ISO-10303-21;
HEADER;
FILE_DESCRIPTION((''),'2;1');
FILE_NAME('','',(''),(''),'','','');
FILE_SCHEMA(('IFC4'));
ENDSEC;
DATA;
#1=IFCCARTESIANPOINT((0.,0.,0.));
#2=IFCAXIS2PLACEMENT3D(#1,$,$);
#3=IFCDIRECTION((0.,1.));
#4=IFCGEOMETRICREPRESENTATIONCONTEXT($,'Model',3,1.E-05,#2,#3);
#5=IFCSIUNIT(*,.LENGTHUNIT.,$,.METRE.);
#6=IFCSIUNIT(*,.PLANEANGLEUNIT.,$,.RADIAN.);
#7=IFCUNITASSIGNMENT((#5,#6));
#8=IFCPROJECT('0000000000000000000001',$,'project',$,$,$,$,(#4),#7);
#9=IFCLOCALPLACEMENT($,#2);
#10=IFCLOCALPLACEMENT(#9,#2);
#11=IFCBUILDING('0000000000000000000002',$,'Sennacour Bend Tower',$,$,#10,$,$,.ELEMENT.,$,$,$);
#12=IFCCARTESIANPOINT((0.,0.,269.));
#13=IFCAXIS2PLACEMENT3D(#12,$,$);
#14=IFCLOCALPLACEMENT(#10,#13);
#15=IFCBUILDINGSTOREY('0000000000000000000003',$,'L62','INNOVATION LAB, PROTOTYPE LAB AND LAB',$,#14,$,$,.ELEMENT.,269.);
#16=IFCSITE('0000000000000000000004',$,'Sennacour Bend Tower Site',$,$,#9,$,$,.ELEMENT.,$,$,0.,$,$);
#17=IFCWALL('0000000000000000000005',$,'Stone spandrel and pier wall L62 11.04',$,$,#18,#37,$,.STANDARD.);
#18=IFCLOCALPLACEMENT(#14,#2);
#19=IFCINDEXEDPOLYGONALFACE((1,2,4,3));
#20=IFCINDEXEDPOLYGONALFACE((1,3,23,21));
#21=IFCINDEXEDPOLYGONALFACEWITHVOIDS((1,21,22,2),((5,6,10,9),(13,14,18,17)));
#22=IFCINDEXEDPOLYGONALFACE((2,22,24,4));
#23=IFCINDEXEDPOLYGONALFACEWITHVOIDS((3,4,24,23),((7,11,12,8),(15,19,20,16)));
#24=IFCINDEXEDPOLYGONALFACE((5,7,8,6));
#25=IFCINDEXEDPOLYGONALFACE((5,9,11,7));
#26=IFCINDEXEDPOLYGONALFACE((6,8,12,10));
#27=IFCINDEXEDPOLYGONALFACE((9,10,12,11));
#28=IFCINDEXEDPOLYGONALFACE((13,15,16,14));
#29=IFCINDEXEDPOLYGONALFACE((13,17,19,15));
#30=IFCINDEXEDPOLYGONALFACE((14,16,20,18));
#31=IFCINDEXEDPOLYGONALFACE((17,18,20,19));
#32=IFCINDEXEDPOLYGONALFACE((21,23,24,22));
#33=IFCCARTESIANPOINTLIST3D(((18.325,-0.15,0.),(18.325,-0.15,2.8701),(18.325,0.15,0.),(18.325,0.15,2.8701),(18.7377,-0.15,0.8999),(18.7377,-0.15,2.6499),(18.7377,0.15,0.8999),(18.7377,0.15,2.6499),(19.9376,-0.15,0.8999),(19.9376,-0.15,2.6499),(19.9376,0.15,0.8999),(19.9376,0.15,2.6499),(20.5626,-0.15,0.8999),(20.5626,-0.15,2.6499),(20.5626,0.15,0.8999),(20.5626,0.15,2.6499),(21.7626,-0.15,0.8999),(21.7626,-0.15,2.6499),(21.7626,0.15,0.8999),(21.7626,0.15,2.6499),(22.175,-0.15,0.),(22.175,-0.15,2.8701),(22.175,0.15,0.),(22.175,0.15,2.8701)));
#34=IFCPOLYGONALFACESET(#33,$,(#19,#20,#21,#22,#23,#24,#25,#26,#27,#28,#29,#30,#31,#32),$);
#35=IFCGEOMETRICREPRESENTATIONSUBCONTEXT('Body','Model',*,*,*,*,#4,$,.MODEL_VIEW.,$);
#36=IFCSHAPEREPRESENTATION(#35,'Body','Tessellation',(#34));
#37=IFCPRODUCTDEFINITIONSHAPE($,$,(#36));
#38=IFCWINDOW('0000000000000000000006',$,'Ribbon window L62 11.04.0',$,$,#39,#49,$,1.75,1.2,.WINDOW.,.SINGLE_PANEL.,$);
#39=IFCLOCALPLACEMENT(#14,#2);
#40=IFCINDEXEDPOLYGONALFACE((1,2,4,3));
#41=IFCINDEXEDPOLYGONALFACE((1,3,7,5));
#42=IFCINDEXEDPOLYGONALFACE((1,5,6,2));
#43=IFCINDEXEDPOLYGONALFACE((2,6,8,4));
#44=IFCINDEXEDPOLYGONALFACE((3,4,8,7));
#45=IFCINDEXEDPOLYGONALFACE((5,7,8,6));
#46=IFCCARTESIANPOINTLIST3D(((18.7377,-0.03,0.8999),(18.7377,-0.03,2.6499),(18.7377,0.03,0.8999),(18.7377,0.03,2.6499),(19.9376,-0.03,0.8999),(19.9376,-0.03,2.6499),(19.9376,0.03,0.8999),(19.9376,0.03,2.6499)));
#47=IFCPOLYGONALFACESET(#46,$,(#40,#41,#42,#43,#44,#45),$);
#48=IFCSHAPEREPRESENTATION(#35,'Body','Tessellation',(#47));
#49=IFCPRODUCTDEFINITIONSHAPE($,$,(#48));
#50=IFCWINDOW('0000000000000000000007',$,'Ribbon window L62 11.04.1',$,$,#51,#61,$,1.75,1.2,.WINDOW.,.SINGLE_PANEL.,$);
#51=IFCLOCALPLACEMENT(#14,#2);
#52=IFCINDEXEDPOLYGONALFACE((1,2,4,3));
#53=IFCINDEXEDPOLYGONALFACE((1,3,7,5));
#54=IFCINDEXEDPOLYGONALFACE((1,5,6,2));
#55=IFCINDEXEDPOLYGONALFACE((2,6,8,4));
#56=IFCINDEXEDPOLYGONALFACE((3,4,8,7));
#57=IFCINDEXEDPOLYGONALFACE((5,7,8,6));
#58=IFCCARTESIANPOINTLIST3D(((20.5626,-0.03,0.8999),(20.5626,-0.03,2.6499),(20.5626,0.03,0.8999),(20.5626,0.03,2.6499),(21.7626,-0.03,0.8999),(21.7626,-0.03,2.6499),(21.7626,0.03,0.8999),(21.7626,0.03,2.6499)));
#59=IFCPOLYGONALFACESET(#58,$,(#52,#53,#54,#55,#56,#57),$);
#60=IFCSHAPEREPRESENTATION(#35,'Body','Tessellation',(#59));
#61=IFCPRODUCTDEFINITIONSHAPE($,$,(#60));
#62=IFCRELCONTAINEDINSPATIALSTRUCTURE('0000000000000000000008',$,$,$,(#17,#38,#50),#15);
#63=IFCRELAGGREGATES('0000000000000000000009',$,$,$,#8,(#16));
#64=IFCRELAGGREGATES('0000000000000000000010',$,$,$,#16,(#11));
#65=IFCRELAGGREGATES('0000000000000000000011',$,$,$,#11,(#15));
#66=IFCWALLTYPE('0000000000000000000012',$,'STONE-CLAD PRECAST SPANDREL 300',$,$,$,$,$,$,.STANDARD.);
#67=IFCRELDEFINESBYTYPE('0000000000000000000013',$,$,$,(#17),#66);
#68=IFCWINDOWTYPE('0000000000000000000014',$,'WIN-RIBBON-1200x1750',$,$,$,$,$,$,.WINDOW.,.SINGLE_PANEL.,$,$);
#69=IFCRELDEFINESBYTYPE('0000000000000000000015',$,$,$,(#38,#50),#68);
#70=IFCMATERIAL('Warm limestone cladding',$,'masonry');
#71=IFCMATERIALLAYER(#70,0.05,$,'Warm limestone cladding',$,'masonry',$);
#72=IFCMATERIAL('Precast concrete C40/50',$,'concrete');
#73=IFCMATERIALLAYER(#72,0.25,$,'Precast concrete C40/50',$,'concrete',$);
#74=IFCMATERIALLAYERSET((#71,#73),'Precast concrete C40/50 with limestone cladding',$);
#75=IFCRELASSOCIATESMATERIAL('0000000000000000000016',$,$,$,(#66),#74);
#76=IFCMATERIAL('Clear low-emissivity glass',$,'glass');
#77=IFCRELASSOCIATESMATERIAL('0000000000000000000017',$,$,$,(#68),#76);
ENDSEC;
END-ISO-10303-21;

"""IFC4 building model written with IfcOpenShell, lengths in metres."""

from ifc_helpers import new_model, si_unit, direction, frame, frame_2d, origin, place, context, subcontext, project, spatial, rectangle, extrude, material, layer, layer_set, type_object, element, fill, save


model = new_model("IFC4")

# Units and contexts
model_context = context("Model", 3, precision=1e-05, world=origin(), true_north=direction((0.0, 1.0)))
body_context = subcontext(model_context, "Body", "Model", "MODEL_VIEW")
ifc_project = project(units=[si_unit("LENGTHUNIT", "METRE"), si_unit("PLANEANGLEUNIT", "RADIAN")], contexts=[model_context])

# Site, building, storey
site_placement = place(None, origin())
site = spatial("IfcSite", under=ifc_project, at=site_placement, Name="Sennacour Bend Tower Site", CompositionType="ELEMENT", RefElevation=0.0)
building_placement = place(site_placement, origin())
building = spatial("IfcBuilding", under=site, at=building_placement, Name="Sennacour Bend Tower", CompositionType="ELEMENT")
storey_placement = place(building_placement, frame((0.0, 0.0, 269.0)))
storey = spatial("IfcBuildingStorey", under=building, at=storey_placement, Name="L62", Description="INNOVATION LAB, PROTOTYPE LAB AND LAB", CompositionType="ELEMENT", Elevation=269.0)

# Wall, openings, windows
ifc_material_1 = material(Name="Warm limestone cladding", Category="masonry")
ifc_layer_1 = layer(ifc_material_1, 0.05, Name="Warm limestone cladding", Category="masonry")
ifc_material_2 = material(Name="Precast concrete C40/50", Category="concrete")
ifc_layer_2 = layer(ifc_material_2, 0.25, Name="Precast concrete C40/50", Category="concrete")
ifc_layer_set_1 = layer_set([ifc_layer_1, ifc_layer_2], Name="Precast concrete C40/50 with limestone cladding")
wall_type_1 = type_object("IfcWallType", Name="STONE-CLAD PRECAST SPANDREL 300", PredefinedType="STANDARD", material=ifc_layer_set_1)
ifc_material_3 = material(Name="Clear low-emissivity glass", Category="glass")
window_type = type_object("IfcWindowType", Name="WIN-RIBBON-1200x1750", PartitioningType="SINGLE_PANEL", PredefinedType="WINDOW", material=ifc_material_3)
wall_1_placement = place(storey_placement, frame((18.325, 0.0, 0.0), z_axis=(0.0, 0.0, 1.0), x_axis=(1.0, 0.0, 0.0)))
wall_1 = element("IfcWall", 1, at=wall_1_placement, inside=storey, type_object=wall_type_1, Name="Stone spandrel and pier wall L62 11.04", PredefinedType="STANDARD", context=body_context, shape_type="SweptSolid", body=[
    extrude(rectangle(XDim=3.8501, YDim=0.3, at=frame_2d((1.925, 0.0))), origin(), (0.0, 0.0, 1.0), 2.8701),
])
opening_1_placement = place(wall_1_placement, frame((0.4126, 0.0, 0.8999)))
opening_1 = element("IfcOpeningElement", 2, at=opening_1_placement, cuts=wall_1, PredefinedType="OPENING", context=body_context, shape_type="SweptSolid", body=[
    extrude(rectangle(XDim=1.2, YDim=1.75, at=frame_2d((0.6001, 0.875))), frame((0.0, 0.1602, 0.0), z_axis=(0.0, -1.0, 0.0), x_axis=(1.0, 0.0, 0.0)), (0.0, 0.0, 1.0), 0.3201),
])
opening_2_placement = place(wall_1_placement, frame((2.2375, 0.0, 0.8999)))
opening_2 = element("IfcOpeningElement", 3, at=opening_2_placement, cuts=wall_1, PredefinedType="OPENING", context=body_context, shape_type="SweptSolid", body=[
    extrude(rectangle(XDim=1.2, YDim=1.75, at=frame_2d((0.6001, 0.875))), frame((0.0, 0.1602, 0.0), z_axis=(0.0, -1.0, 0.0), x_axis=(1.0, 0.0, 0.0)), (0.0, 0.0, 1.0), 0.3201),
])
window_1_placement = place(opening_1_placement, origin())
window_1 = element("IfcWindow", 4, at=window_1_placement, inside=storey, type_object=window_type, Name="Ribbon window L62 11.04.0", OverallHeight=1.75, OverallWidth=1.2, PartitioningType="SINGLE_PANEL", PredefinedType="WINDOW", context=body_context, shape_type="SweptSolid", body=[
    extrude(rectangle(XDim=1.2, YDim=1.75, at=frame_2d((0.6001, 0.875))), frame((0.0, 0.03, 0.0), z_axis=(0.0, -1.0, 0.0), x_axis=(1.0, 0.0, 0.0)), (0.0, 0.0, 1.0), 0.0601),
])
fill(opening_1, window_1)
window_2_placement = place(opening_2_placement, origin())
window_2 = element("IfcWindow", 5, at=window_2_placement, inside=storey, type_object=window_type, Name="Ribbon window L62 11.04.1", OverallHeight=1.75, OverallWidth=1.2, PartitioningType="SINGLE_PANEL", PredefinedType="WINDOW", context=body_context, shape_type="SweptSolid", body=[
    extrude(rectangle(XDim=1.2, YDim=1.75, at=frame_2d((0.6001, 0.875))), frame((0.0, 0.03, 0.0), z_axis=(0.0, -1.0, 0.0), x_axis=(1.0, 0.0, 0.0)), (0.0, 0.0, 1.0), 0.0601),
])
fill(opening_2, window_2)

save(model, "model.ifc")
